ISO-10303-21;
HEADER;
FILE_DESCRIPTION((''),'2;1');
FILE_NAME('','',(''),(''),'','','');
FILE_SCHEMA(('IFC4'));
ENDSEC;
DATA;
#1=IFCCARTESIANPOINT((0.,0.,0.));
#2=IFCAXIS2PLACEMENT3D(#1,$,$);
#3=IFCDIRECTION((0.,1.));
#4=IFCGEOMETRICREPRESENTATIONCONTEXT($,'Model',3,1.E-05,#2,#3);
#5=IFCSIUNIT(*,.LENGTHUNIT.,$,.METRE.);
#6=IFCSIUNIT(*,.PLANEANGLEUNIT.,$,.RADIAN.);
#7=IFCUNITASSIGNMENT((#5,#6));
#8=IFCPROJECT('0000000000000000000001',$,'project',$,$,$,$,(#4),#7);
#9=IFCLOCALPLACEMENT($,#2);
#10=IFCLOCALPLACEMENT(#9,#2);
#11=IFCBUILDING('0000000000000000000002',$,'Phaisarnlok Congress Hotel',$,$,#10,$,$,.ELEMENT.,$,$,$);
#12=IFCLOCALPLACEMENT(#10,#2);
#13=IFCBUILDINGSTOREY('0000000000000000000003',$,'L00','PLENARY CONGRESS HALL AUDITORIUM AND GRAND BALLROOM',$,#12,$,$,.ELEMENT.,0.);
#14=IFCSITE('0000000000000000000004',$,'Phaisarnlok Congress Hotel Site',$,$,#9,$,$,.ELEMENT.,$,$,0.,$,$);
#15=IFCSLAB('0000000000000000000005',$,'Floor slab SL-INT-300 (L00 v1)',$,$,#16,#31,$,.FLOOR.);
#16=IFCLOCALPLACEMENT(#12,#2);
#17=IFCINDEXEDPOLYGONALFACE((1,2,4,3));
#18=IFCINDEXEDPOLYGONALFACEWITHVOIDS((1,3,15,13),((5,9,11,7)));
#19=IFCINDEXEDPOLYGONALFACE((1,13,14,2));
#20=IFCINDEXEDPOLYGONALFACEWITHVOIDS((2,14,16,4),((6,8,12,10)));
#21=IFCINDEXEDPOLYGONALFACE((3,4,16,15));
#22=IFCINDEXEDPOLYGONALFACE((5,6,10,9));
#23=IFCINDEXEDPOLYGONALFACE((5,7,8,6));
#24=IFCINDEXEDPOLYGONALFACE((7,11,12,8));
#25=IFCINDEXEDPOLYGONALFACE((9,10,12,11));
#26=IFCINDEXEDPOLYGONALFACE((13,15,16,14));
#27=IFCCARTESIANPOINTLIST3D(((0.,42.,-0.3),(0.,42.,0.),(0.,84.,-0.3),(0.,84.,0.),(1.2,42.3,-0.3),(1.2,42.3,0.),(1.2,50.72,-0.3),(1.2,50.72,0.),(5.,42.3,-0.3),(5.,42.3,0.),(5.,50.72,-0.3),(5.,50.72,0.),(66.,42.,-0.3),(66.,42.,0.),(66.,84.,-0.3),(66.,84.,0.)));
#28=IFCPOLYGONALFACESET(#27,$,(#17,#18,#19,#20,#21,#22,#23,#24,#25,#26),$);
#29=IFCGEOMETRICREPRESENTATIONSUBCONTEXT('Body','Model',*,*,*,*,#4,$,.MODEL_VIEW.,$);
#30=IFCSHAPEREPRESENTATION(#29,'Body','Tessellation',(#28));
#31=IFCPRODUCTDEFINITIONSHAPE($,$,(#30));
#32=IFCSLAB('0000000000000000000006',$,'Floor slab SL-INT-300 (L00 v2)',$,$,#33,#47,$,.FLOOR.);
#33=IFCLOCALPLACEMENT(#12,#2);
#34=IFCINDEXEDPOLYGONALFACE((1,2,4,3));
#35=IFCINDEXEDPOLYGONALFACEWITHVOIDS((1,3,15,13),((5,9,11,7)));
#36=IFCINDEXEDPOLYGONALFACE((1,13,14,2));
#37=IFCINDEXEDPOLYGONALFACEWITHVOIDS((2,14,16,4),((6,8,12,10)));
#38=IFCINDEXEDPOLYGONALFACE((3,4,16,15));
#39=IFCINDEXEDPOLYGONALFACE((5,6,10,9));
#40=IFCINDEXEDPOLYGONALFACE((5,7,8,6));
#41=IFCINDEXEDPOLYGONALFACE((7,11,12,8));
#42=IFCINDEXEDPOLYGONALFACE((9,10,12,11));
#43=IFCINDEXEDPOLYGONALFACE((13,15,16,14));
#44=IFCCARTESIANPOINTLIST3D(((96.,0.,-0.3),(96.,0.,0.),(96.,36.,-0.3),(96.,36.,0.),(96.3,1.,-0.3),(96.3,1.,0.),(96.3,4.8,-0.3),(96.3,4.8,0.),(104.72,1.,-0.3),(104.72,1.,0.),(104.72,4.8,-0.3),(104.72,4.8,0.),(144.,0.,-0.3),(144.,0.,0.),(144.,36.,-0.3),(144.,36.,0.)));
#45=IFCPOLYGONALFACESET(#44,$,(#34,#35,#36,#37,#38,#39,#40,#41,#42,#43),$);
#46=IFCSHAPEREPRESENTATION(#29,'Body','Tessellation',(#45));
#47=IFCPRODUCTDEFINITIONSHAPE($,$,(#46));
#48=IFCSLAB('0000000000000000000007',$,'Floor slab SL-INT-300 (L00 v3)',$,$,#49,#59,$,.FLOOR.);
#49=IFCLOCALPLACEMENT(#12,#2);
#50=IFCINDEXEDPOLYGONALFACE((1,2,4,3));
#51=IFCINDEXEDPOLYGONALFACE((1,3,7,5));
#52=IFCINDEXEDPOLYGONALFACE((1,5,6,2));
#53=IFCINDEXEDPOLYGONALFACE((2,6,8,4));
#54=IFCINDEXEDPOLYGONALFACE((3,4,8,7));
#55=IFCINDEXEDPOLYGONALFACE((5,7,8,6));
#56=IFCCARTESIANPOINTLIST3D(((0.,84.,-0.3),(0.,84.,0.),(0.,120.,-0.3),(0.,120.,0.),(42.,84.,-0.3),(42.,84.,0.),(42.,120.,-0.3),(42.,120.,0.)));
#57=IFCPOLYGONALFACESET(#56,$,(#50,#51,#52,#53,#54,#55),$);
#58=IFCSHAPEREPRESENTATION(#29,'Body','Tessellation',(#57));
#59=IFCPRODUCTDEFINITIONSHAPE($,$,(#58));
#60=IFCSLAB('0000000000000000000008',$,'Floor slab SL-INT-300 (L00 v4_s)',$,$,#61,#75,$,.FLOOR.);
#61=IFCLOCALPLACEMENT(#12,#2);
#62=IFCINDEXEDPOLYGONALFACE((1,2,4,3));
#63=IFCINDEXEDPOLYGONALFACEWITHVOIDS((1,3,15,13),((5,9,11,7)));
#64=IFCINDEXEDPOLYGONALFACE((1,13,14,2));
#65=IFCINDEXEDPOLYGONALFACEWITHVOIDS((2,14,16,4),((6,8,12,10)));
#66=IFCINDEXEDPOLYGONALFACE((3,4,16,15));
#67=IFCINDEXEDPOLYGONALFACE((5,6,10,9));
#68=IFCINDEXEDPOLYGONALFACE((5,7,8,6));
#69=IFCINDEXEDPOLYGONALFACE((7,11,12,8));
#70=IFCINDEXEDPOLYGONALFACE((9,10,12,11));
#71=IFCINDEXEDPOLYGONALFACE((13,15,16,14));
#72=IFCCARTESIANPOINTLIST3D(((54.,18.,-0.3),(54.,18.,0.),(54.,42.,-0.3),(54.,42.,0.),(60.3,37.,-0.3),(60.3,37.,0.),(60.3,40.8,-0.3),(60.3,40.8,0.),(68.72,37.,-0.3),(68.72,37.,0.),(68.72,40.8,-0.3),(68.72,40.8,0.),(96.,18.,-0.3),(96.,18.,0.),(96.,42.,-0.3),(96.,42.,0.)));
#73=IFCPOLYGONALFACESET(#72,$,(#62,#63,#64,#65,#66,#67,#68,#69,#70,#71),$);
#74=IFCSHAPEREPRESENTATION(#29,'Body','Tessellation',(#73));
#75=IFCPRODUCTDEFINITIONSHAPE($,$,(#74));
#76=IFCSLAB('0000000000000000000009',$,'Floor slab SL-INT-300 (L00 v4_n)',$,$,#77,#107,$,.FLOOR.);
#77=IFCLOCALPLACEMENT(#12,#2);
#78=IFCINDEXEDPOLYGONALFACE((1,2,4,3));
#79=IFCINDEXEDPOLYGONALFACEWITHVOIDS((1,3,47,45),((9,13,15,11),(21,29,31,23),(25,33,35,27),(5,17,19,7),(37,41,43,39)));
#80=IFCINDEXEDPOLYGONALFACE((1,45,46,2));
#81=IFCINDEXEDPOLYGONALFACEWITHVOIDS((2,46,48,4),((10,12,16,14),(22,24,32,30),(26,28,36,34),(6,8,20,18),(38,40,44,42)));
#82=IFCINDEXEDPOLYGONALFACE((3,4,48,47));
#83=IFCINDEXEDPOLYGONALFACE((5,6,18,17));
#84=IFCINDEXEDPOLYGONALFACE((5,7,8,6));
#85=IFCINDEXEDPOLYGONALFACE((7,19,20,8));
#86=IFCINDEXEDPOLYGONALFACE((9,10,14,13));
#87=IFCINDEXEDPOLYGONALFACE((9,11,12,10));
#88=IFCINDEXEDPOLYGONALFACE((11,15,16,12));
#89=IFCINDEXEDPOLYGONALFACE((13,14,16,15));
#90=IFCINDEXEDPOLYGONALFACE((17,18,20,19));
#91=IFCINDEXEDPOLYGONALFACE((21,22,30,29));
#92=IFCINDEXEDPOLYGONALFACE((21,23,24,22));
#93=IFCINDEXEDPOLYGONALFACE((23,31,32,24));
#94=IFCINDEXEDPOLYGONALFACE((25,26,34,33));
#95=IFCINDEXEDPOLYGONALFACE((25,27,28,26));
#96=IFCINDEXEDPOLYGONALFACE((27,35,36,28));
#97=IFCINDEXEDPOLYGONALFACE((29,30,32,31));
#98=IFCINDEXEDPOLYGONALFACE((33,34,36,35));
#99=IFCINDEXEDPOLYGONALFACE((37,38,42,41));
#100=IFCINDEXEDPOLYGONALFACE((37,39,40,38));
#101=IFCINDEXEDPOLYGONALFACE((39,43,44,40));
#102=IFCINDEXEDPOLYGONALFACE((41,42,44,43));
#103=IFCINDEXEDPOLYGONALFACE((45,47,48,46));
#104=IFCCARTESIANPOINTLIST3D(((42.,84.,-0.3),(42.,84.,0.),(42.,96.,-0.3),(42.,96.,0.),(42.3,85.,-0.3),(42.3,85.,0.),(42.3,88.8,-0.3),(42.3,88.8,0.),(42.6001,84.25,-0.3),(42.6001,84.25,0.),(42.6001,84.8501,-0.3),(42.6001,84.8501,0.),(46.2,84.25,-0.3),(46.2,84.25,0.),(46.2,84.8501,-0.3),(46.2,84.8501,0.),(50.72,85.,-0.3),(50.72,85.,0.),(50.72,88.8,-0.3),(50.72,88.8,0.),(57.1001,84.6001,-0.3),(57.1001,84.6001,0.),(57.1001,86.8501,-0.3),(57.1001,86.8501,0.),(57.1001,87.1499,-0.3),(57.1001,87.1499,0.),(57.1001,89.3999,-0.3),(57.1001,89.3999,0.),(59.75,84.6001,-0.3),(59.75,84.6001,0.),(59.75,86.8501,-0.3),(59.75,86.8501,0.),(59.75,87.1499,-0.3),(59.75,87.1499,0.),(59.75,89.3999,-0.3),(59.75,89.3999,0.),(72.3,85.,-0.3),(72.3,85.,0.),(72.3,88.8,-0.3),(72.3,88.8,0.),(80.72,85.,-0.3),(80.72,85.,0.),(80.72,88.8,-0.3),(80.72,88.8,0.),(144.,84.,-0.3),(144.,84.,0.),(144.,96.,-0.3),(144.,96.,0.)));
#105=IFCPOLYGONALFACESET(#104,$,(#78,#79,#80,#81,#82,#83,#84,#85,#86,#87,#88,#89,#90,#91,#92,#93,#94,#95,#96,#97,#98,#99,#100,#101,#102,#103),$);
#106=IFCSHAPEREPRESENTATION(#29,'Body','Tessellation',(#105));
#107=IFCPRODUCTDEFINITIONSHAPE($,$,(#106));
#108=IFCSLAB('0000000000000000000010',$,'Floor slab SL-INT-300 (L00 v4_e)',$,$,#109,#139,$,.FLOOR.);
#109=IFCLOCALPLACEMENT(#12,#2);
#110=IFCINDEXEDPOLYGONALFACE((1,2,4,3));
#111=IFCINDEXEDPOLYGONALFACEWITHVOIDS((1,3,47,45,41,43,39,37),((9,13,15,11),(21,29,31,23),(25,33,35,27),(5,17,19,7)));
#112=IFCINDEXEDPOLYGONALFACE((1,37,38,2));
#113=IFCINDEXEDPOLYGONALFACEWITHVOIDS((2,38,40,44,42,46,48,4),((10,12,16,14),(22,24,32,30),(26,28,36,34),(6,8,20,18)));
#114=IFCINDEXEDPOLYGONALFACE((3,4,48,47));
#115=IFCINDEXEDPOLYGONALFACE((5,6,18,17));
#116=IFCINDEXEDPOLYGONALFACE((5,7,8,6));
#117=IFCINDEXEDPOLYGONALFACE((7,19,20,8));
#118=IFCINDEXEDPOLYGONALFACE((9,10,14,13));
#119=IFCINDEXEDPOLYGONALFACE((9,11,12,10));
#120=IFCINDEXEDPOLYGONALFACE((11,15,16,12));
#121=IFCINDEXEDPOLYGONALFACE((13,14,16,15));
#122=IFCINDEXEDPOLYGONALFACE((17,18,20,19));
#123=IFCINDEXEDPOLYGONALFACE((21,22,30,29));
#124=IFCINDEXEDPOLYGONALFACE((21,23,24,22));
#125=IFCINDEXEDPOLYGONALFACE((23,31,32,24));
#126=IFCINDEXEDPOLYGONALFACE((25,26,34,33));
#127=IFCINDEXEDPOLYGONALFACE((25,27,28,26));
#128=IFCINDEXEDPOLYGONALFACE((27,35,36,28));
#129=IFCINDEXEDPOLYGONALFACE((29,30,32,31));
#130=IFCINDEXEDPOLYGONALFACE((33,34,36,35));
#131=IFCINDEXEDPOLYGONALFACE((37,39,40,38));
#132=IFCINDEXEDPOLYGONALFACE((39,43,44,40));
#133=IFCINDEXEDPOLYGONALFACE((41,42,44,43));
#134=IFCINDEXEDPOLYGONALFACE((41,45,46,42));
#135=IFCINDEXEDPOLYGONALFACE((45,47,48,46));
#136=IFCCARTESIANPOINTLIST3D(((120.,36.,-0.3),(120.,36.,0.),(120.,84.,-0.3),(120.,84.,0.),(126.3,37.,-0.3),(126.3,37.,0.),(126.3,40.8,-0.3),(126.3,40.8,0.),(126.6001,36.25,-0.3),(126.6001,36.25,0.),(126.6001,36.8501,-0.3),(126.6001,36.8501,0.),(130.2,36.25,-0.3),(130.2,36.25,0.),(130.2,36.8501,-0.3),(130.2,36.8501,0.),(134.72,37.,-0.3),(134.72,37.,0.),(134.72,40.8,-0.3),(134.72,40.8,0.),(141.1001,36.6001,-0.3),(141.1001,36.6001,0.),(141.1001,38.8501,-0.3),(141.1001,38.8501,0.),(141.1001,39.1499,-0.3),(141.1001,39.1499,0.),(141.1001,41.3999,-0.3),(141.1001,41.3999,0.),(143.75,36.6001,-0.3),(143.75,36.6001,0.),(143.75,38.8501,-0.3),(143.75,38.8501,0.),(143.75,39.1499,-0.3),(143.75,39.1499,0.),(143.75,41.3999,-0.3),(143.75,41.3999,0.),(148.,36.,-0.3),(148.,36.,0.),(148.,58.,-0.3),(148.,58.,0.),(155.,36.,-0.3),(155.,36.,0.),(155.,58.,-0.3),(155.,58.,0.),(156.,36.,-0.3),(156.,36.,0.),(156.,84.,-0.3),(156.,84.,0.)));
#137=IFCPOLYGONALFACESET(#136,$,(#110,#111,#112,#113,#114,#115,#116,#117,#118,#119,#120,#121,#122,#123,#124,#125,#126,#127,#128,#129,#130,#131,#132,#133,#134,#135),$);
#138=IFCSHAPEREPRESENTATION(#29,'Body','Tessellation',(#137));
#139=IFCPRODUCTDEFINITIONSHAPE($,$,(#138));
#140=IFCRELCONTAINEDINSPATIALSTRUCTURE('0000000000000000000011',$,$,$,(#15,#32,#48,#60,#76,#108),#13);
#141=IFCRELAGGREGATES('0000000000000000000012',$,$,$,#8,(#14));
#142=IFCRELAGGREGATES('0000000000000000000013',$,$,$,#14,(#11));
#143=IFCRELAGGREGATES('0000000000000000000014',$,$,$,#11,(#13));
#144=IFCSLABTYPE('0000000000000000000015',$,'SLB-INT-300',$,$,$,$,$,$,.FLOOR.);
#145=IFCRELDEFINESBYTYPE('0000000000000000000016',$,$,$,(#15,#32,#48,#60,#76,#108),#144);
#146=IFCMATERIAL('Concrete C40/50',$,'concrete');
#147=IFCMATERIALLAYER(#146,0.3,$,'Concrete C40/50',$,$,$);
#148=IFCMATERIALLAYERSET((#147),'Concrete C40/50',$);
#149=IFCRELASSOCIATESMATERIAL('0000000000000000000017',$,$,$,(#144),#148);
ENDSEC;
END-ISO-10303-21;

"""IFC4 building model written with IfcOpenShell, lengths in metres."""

from ifc_helpers import new_model, si_unit, direction, frame, origin, place, context, subcontext, project, spatial, polyline, outline, extrude, material, layer, layer_set, type_object, element, save


model = new_model("IFC4")

# Units and contexts
model_context = context("Model", 3, precision=1e-05, world=origin(), true_north=direction((0.0, 1.0)))
body_context = subcontext(model_context, "Body", "Model", "MODEL_VIEW")
ifc_project = project(units=[si_unit("LENGTHUNIT", "METRE"), si_unit("PLANEANGLEUNIT", "RADIAN")], contexts=[model_context])

# Site, building, storey
site_placement = place(None, origin())
site = spatial("IfcSite", under=ifc_project, at=site_placement, Name="Phaisarnlok Congress Hotel Site", CompositionType="ELEMENT", RefElevation=0.0)
building_placement = place(site_placement, origin())
building = spatial("IfcBuilding", under=site, at=building_placement, Name="Phaisarnlok Congress Hotel", CompositionType="ELEMENT")
storey_placement = place(building_placement, origin())
storey = spatial("IfcBuildingStorey", under=building, at=storey_placement, Name="L00", Description="PLENARY CONGRESS HALL AUDITORIUM AND GRAND BALLROOM", CompositionType="ELEMENT", Elevation=0.0)

# Slabs
ifc_material = material(Name="Concrete C40/50", Category="concrete")
ifc_layer_1 = layer(ifc_material, 0.3, Name="Concrete C40/50")
ifc_layer_set_1 = layer_set([ifc_layer_1], Name="Concrete C40/50")
slab_type_1 = type_object("IfcSlabType", Name="SLB-INT-300", PredefinedType="FLOOR", material=ifc_layer_set_1)
slab_1_placement = place(storey_placement, frame((0.0, 0.0, -0.3)))
element("IfcSlab", 1, at=slab_1_placement, inside=storey, type_object=slab_type_1, Name="Floor slab SL-INT-300 (L00 v1)", PredefinedType="FLOOR", context=body_context, shape_type="SweptSolid", body=[
    extrude(outline(polyline([(66.0, 42.0), (66.0, 84.0), (0.0, 84.0), (0.0, 42.0), (66.0, 42.0)]), holes=[polyline([(1.2, 50.72), (1.2, 42.3), (5.0, 42.3), (5.0, 50.72), (1.2, 50.72)])]), origin(), (0.0, 0.0, 1.0), 0.3),
])
slab_2_placement = place(storey_placement, frame((0.0, 0.0, -0.3)))
element("IfcSlab", 2, at=slab_2_placement, inside=storey, type_object=slab_type_1, Name="Floor slab SL-INT-300 (L00 v2)", PredefinedType="FLOOR", context=body_context, shape_type="SweptSolid", body=[
    extrude(outline(polyline([(144.0, 0.0), (144.0, 36.0), (96.0, 36.0), (96.0, 0.0), (144.0, 0.0)]), holes=[polyline([(104.72, 4.8), (96.3, 4.8), (96.3, 1.0), (104.72, 1.0), (104.72, 4.8)])]), origin(), (0.0, 0.0, 1.0), 0.3),
])
slab_3_placement = place(storey_placement, frame((0.0, 0.0, -0.3)))
element("IfcSlab", 3, at=slab_3_placement, inside=storey, type_object=slab_type_1, Name="Floor slab SL-INT-300 (L00 v3)", PredefinedType="FLOOR", context=body_context, shape_type="SweptSolid", body=[
    extrude(outline(polyline([(42.0, 84.0), (42.0, 120.0), (0.0, 120.0), (0.0, 84.0), (42.0, 84.0)])), origin(), (0.0, 0.0, 1.0), 0.3),
])
slab_4_placement = place(storey_placement, frame((0.0, 0.0, -0.3)))
element("IfcSlab", 4, at=slab_4_placement, inside=storey, type_object=slab_type_1, Name="Floor slab SL-INT-300 (L00 v4_s)", PredefinedType="FLOOR", context=body_context, shape_type="SweptSolid", body=[
    extrude(outline(polyline([(96.0, 18.0), (96.0, 42.0), (54.0, 42.0), (54.0, 18.0), (96.0, 18.0)]), holes=[polyline([(68.72, 40.8), (60.3, 40.8), (60.3, 37.0), (68.72, 37.0), (68.72, 40.8)])]), origin(), (0.0, 0.0, 1.0), 0.3),
])
slab_5_placement = place(storey_placement, frame((0.0, 0.0, -0.3)))
element("IfcSlab", 5, at=slab_5_placement, inside=storey, type_object=slab_type_1, Name="Floor slab SL-INT-300 (L00 v4_n)", PredefinedType="FLOOR", context=body_context, shape_type="SweptSolid", body=[
    extrude(outline(polyline([(144.0, 84.0), (144.0, 96.0), (42.0, 96.0), (42.0, 84.0), (144.0, 84.0)]), holes=[polyline([(50.72, 88.8), (42.3, 88.8), (42.3, 85.0), (50.72, 85.0), (50.72, 88.8)]), polyline([(80.72, 88.8), (72.3, 88.8), (72.3, 85.0), (80.72, 85.0), (80.72, 88.8)]), polyline([(59.75, 84.6001), (59.75, 86.8501), (57.1001, 86.8501), (57.1001, 84.6001), (59.75, 84.6001)]), polyline([(59.75, 87.1499), (59.75, 89.3999), (57.1001, 89.3999), (57.1001, 87.1499), (59.75, 87.1499)]), polyline([(46.2, 84.25), (46.2, 84.8501), (42.6001, 84.8501), (42.6001, 84.25), (46.2, 84.25)])]), origin(), (0.0, 0.0, 1.0), 0.3),
])
slab_6_placement = place(storey_placement, frame((0.0, 0.0, -0.3)))
element("IfcSlab", 6, at=slab_6_placement, inside=storey, type_object=slab_type_1, Name="Floor slab SL-INT-300 (L00 v4_e)", PredefinedType="FLOOR", context=body_context, shape_type="SweptSolid", body=[
    extrude(outline(polyline([(120.0, 36.0), (120.0, 84.0), (156.0, 84.0), (156.0, 36.0), (155.0, 36.0), (155.0, 58.0), (148.0, 58.0), (148.0, 36.0), (120.0, 36.0)]), holes=[polyline([(134.72, 40.8), (126.3, 40.8), (126.3, 37.0), (134.72, 37.0), (134.72, 40.8)]), polyline([(143.75, 36.6001), (143.75, 38.8501), (141.1001, 38.8501), (141.1001, 36.6001), (143.75, 36.6001)]), polyline([(143.75, 39.1499), (143.75, 41.3999), (141.1001, 41.3999), (141.1001, 39.1499), (143.75, 39.1499)]), polyline([(130.2, 36.25), (130.2, 36.8501), (126.6001, 36.8501), (126.6001, 36.25), (130.2, 36.25)])]), origin(), (0.0, 0.0, 1.0), 0.3),
])

save(model, "model.ifc")
